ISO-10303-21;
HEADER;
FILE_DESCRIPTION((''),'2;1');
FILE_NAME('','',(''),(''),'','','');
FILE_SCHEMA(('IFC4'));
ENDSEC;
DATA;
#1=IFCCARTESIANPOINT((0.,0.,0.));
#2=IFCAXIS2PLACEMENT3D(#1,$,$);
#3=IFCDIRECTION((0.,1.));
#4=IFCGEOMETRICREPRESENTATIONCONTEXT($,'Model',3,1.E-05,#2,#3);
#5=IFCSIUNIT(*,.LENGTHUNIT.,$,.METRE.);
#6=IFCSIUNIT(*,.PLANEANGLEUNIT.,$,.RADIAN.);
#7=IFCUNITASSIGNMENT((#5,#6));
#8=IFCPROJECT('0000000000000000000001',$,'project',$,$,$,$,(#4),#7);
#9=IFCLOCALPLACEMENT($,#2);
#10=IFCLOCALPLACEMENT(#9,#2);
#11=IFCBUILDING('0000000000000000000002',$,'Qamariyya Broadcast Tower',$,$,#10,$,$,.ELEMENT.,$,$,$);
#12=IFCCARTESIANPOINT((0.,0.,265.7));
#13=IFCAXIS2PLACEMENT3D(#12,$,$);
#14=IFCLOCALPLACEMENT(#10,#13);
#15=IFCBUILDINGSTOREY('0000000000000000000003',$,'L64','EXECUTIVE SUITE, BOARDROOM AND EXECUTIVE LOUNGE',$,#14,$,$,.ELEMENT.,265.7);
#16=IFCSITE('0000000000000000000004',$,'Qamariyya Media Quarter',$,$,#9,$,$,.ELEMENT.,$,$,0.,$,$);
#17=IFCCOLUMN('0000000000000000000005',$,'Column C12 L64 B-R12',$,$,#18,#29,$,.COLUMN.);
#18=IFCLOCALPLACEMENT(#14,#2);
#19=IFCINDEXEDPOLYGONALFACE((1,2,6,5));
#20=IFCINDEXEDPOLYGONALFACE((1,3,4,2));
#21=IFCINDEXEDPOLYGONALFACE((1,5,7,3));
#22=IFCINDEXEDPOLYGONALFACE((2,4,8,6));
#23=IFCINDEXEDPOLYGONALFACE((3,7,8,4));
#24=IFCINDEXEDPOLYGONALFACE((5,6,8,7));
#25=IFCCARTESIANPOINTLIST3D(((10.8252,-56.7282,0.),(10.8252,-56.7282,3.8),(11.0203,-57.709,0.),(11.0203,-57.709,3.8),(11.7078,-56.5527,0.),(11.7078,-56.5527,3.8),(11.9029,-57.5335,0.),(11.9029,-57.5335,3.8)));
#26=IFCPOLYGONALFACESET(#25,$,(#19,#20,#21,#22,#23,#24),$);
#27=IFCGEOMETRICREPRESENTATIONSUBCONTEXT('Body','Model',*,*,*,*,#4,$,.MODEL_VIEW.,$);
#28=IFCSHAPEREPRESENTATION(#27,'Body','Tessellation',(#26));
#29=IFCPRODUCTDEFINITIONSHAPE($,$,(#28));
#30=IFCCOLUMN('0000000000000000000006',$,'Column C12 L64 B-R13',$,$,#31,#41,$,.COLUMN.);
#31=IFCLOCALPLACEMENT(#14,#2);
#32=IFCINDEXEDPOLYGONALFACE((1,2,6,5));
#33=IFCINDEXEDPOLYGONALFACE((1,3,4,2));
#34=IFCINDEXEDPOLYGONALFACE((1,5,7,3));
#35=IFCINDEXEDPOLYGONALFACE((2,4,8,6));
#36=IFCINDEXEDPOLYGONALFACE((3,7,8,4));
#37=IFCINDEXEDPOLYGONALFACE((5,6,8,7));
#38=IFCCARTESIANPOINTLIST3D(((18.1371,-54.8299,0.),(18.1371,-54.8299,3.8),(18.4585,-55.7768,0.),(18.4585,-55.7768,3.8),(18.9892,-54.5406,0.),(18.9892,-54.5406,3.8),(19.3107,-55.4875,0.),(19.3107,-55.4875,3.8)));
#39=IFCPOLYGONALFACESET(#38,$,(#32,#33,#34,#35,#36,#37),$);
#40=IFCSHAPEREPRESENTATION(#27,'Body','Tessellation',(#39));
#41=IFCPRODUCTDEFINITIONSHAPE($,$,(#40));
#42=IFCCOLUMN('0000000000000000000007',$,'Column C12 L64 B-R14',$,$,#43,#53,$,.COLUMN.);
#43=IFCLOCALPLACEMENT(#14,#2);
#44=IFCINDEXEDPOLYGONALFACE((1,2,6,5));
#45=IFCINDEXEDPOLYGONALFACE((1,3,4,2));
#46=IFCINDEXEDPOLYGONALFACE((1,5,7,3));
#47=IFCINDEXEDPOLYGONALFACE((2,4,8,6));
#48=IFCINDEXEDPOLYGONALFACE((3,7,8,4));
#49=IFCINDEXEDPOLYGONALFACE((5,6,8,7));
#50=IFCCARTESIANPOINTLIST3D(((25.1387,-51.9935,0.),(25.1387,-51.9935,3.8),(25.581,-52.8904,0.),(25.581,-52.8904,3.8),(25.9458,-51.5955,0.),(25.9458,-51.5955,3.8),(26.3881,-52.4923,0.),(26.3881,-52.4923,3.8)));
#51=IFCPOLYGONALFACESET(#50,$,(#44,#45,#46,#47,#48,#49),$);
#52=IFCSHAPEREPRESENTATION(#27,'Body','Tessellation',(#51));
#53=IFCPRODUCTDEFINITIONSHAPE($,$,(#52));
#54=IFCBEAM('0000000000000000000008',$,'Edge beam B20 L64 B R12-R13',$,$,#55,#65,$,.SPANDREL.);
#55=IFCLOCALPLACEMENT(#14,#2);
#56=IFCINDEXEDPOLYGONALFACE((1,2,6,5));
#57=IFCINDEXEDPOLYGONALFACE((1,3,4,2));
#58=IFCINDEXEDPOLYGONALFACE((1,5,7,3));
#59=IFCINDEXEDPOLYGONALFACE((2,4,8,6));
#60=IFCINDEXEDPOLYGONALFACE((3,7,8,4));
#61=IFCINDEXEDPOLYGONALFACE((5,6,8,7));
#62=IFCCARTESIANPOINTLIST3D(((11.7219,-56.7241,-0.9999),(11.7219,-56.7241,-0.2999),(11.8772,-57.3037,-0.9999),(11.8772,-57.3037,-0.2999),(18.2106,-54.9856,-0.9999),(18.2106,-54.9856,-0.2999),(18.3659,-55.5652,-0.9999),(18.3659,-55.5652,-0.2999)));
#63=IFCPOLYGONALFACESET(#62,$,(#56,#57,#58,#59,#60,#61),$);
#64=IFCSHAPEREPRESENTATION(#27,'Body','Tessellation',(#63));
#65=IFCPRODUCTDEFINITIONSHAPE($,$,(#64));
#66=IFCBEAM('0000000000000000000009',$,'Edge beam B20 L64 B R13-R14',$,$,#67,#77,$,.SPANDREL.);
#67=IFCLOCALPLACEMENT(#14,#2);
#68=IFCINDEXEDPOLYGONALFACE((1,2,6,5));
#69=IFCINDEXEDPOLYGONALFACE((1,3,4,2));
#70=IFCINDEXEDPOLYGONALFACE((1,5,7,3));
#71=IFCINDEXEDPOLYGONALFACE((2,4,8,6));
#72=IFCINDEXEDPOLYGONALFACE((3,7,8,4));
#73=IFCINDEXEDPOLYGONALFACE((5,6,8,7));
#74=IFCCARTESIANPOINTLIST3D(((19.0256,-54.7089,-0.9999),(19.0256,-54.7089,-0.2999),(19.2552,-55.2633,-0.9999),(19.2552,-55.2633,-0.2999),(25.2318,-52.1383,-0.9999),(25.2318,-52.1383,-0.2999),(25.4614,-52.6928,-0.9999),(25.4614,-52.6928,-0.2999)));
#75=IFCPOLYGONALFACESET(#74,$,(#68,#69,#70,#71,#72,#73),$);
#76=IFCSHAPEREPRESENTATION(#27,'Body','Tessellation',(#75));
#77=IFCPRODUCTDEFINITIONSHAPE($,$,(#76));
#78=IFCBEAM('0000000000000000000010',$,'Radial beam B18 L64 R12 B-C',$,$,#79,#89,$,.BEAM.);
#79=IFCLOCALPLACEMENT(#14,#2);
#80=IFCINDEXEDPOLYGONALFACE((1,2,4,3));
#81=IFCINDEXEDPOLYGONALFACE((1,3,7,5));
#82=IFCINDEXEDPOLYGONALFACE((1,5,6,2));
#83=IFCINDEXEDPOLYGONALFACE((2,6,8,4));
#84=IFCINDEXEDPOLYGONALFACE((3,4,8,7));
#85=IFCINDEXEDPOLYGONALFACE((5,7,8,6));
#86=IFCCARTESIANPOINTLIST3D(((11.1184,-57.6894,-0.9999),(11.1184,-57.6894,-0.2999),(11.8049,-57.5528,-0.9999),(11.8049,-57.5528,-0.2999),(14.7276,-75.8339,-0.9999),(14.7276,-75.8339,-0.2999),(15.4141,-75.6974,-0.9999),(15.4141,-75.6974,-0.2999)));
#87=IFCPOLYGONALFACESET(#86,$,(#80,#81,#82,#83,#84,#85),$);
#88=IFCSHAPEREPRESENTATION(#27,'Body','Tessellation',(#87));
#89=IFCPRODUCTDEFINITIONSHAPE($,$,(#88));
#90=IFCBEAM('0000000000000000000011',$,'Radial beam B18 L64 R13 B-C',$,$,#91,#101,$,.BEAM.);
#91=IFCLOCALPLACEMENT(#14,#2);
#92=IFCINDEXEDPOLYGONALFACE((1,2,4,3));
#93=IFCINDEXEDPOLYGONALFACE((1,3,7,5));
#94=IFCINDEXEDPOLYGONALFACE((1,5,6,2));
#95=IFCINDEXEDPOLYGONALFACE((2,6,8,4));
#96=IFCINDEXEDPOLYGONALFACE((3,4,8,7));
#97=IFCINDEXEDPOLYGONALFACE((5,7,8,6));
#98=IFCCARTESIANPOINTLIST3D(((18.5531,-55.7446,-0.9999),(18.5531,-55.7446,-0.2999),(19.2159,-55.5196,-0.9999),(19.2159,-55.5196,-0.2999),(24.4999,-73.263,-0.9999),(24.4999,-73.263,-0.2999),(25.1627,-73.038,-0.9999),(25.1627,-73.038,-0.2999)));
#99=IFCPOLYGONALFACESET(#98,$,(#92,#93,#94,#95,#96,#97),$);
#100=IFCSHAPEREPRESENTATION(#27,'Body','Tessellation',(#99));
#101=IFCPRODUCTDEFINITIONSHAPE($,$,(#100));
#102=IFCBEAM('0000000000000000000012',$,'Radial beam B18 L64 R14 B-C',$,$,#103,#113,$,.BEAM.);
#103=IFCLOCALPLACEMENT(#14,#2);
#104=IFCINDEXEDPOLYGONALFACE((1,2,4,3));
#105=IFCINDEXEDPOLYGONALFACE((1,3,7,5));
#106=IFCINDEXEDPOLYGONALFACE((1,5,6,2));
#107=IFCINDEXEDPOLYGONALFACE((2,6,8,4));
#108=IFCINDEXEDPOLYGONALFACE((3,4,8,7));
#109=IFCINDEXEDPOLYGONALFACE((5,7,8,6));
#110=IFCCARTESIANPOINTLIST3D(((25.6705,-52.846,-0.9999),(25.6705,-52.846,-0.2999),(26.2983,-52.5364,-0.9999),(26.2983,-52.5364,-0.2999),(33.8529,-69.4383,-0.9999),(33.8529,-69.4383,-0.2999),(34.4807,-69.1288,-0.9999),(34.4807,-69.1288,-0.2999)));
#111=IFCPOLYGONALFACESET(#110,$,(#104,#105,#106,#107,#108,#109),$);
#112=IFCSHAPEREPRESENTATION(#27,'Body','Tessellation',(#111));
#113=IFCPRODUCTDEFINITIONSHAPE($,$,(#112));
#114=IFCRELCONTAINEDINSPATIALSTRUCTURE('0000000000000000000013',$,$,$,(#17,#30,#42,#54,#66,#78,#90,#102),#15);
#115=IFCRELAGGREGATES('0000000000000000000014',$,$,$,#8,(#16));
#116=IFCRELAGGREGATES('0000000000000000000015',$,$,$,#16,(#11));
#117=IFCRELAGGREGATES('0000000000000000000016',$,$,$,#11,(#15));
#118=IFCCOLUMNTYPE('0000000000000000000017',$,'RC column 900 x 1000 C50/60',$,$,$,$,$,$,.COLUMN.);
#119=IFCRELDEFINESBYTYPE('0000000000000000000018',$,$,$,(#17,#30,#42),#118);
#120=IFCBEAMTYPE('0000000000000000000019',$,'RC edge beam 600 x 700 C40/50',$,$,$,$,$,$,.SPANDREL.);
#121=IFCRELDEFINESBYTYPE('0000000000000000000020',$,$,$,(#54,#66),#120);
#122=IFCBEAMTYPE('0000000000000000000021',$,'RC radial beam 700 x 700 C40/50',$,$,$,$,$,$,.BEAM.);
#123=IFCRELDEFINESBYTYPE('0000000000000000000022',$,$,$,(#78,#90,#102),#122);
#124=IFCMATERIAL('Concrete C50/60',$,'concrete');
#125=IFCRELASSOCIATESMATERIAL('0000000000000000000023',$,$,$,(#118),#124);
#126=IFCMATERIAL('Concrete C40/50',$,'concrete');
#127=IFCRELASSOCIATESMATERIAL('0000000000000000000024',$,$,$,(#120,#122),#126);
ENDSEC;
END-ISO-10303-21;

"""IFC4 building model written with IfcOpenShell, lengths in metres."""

from ifc_helpers import new_model, si_unit, direction, frame, origin, origin_2d, place, context, subcontext, project, spatial, rectangle, extrude, material, material_profile, profile_set, type_object, element, save


model = new_model("IFC4")

# Units and contexts
model_context = context("Model", 3, precision=1e-05, world=origin(), true_north=direction((0.0, 1.0)))
body_context = subcontext(model_context, "Body", "Model", "MODEL_VIEW")
ifc_project = project(units=[si_unit("LENGTHUNIT", "METRE"), si_unit("PLANEANGLEUNIT", "RADIAN")], contexts=[model_context])

# Site, building, storey
site_placement = place(None, origin())
site = spatial("IfcSite", under=ifc_project, at=site_placement, Name="Qamariyya Media Quarter", CompositionType="ELEMENT", RefElevation=0.0)
building_placement = place(site_placement, origin())
building = spatial("IfcBuilding", under=site, at=building_placement, Name="Qamariyya Broadcast Tower", CompositionType="ELEMENT")
storey_placement = place(building_placement, frame((0.0, 0.0, 265.7)))
storey = spatial("IfcBuildingStorey", under=building, at=storey_placement, Name="L64", Description="EXECUTIVE SUITE, BOARDROOM AND EXECUTIVE LOUNGE", CompositionType="ELEMENT", Elevation=265.7)

# Columns
ifc_material_1 = material(Name="Concrete C50/60", Category="concrete")
ifc_material_profile_1 = material_profile(ifc_material_1, rectangle(XDim=0.8999, YDim=1.0, at=origin_2d()))
ifc_profile_set_1 = profile_set([ifc_material_profile_1], Name="Concrete C50/60")
column_type = type_object("IfcColumnType", Name="RC column 900 x 1000 C50/60", PredefinedType="COLUMN", material=ifc_profile_set_1)
for number, where, z_axis, x_axis, name in (
    (1, (11.364, -57.1309, 0.0), (0.0, 0.0, 1.0), (0.980785, 0.19509, 0.0), "Column C12 L64 B-R12"),
    (2, (18.7239, -55.1587, 0.0), (0.0, 0.0, 1.0), (0.94693, 0.321439, 0.0), "Column C12 L64 B-R13"),
    (3, (25.7634, -52.2429, 0.0), (0.0, 0.0, 1.0), (0.896873, 0.442289, 0.0), "Column C12 L64 B-R14"),
):
    element("IfcColumn", number, at=place(storey_placement, frame(where, z_axis=z_axis, x_axis=x_axis)), inside=storey, type_object=column_type, Name=name, PredefinedType="COLUMN", context=body_context, shape_type="SweptSolid", body=[
        extrude(rectangle(XDim=0.8999, YDim=1.0, at=origin_2d()), origin(), (0.0, 0.0, 1.0), 3.8),
    ])

# Beams
ifc_material_2 = material(Name="Concrete C40/50", Category="concrete")
ifc_material_profile_2 = material_profile(ifc_material_2, rectangle(XDim=0.6001, YDim=0.7, at=origin_2d()))
ifc_profile_set_2 = profile_set([ifc_material_profile_2], Name="Concrete C40/50")
beam_type_1 = type_object("IfcBeamType", Name="RC edge beam 600 x 700 C40/50", PredefinedType="SPANDREL", material=ifc_profile_set_2)
for number, where, z_axis, x_axis, name in (
    (4, (11.7996, -57.0139, -0.6499), (0.965931, 0.2588, 0.0), (-0.2588, 0.965931, 0.0), "Edge beam B20 L64 B R12-R13"),
    (5, (19.1404, -54.9861, -0.6499), (0.923889, 0.382661, 0.0), (-0.382661, 0.923889, 0.0), "Edge beam B20 L64 B R13-R14"),
):
    element("IfcBeam", number, at=place(storey_placement, frame(where, z_axis=z_axis, x_axis=x_axis)), inside=storey, type_object=beam_type_1, Name=name, PredefinedType="SPANDREL", context=body_context, shape_type="SweptSolid", body=[
        extrude(rectangle(XDim=0.6001, YDim=0.7, at=origin_2d()), origin(), (0.0, 0.0, 1.0), 6.7175),
    ])
ifc_material_profile_3 = material_profile(ifc_material_2, rectangle(XDim=0.7, YDim=0.7, at=origin_2d()))
ifc_profile_set_3 = profile_set([ifc_material_profile_3], Name="Concrete C40/50")
beam_type_2 = type_object("IfcBeamType", Name="RC radial beam 700 x 700 C40/50", PredefinedType="BEAM", material=ifc_profile_set_3)
beam_placement = place(storey_placement, frame((11.4617, -57.6211, -0.6499), z_axis=(0.195088, -0.980786, 0.0), x_axis=(0.980786, 0.195088, 0.0)))
element("IfcBeam", 6, at=beam_placement, inside=storey, type_object=beam_type_2, Name="Radial beam B18 L64 R12 B-C", PredefinedType="BEAM", context=body_context, shape_type="SweptSolid", body=[
    extrude(rectangle(XDim=0.7, YDim=0.7, at=origin_2d()), origin(), (0.0, 0.0, 1.0), 18.5),
])
for number, where, z_axis, x_axis, name in (
    (7, (18.8845, -55.6321, -0.6499), (0.321445, -0.946928, 0.0), (0.946928, 0.321445, 0.0), "Radial beam B18 L64 R13 B-C"),
    (8, (25.9844, -52.6912, -0.6499), (0.442287, -0.896874, 0.0), (0.896874, 0.442287, 0.0), "Radial beam B18 L64 R14 B-C"),
):
    element("IfcBeam", number, at=place(storey_placement, frame(where, z_axis=z_axis, x_axis=x_axis)), inside=storey, type_object=beam_type_2, Name=name, PredefinedType="BEAM", context=body_context, shape_type="SweptSolid", body=[
        extrude(rectangle(XDim=0.7, YDim=0.7, at=origin_2d()), origin(), (0.0, 0.0, 1.0), 18.5002),
    ])

save(model, "model.ifc")
